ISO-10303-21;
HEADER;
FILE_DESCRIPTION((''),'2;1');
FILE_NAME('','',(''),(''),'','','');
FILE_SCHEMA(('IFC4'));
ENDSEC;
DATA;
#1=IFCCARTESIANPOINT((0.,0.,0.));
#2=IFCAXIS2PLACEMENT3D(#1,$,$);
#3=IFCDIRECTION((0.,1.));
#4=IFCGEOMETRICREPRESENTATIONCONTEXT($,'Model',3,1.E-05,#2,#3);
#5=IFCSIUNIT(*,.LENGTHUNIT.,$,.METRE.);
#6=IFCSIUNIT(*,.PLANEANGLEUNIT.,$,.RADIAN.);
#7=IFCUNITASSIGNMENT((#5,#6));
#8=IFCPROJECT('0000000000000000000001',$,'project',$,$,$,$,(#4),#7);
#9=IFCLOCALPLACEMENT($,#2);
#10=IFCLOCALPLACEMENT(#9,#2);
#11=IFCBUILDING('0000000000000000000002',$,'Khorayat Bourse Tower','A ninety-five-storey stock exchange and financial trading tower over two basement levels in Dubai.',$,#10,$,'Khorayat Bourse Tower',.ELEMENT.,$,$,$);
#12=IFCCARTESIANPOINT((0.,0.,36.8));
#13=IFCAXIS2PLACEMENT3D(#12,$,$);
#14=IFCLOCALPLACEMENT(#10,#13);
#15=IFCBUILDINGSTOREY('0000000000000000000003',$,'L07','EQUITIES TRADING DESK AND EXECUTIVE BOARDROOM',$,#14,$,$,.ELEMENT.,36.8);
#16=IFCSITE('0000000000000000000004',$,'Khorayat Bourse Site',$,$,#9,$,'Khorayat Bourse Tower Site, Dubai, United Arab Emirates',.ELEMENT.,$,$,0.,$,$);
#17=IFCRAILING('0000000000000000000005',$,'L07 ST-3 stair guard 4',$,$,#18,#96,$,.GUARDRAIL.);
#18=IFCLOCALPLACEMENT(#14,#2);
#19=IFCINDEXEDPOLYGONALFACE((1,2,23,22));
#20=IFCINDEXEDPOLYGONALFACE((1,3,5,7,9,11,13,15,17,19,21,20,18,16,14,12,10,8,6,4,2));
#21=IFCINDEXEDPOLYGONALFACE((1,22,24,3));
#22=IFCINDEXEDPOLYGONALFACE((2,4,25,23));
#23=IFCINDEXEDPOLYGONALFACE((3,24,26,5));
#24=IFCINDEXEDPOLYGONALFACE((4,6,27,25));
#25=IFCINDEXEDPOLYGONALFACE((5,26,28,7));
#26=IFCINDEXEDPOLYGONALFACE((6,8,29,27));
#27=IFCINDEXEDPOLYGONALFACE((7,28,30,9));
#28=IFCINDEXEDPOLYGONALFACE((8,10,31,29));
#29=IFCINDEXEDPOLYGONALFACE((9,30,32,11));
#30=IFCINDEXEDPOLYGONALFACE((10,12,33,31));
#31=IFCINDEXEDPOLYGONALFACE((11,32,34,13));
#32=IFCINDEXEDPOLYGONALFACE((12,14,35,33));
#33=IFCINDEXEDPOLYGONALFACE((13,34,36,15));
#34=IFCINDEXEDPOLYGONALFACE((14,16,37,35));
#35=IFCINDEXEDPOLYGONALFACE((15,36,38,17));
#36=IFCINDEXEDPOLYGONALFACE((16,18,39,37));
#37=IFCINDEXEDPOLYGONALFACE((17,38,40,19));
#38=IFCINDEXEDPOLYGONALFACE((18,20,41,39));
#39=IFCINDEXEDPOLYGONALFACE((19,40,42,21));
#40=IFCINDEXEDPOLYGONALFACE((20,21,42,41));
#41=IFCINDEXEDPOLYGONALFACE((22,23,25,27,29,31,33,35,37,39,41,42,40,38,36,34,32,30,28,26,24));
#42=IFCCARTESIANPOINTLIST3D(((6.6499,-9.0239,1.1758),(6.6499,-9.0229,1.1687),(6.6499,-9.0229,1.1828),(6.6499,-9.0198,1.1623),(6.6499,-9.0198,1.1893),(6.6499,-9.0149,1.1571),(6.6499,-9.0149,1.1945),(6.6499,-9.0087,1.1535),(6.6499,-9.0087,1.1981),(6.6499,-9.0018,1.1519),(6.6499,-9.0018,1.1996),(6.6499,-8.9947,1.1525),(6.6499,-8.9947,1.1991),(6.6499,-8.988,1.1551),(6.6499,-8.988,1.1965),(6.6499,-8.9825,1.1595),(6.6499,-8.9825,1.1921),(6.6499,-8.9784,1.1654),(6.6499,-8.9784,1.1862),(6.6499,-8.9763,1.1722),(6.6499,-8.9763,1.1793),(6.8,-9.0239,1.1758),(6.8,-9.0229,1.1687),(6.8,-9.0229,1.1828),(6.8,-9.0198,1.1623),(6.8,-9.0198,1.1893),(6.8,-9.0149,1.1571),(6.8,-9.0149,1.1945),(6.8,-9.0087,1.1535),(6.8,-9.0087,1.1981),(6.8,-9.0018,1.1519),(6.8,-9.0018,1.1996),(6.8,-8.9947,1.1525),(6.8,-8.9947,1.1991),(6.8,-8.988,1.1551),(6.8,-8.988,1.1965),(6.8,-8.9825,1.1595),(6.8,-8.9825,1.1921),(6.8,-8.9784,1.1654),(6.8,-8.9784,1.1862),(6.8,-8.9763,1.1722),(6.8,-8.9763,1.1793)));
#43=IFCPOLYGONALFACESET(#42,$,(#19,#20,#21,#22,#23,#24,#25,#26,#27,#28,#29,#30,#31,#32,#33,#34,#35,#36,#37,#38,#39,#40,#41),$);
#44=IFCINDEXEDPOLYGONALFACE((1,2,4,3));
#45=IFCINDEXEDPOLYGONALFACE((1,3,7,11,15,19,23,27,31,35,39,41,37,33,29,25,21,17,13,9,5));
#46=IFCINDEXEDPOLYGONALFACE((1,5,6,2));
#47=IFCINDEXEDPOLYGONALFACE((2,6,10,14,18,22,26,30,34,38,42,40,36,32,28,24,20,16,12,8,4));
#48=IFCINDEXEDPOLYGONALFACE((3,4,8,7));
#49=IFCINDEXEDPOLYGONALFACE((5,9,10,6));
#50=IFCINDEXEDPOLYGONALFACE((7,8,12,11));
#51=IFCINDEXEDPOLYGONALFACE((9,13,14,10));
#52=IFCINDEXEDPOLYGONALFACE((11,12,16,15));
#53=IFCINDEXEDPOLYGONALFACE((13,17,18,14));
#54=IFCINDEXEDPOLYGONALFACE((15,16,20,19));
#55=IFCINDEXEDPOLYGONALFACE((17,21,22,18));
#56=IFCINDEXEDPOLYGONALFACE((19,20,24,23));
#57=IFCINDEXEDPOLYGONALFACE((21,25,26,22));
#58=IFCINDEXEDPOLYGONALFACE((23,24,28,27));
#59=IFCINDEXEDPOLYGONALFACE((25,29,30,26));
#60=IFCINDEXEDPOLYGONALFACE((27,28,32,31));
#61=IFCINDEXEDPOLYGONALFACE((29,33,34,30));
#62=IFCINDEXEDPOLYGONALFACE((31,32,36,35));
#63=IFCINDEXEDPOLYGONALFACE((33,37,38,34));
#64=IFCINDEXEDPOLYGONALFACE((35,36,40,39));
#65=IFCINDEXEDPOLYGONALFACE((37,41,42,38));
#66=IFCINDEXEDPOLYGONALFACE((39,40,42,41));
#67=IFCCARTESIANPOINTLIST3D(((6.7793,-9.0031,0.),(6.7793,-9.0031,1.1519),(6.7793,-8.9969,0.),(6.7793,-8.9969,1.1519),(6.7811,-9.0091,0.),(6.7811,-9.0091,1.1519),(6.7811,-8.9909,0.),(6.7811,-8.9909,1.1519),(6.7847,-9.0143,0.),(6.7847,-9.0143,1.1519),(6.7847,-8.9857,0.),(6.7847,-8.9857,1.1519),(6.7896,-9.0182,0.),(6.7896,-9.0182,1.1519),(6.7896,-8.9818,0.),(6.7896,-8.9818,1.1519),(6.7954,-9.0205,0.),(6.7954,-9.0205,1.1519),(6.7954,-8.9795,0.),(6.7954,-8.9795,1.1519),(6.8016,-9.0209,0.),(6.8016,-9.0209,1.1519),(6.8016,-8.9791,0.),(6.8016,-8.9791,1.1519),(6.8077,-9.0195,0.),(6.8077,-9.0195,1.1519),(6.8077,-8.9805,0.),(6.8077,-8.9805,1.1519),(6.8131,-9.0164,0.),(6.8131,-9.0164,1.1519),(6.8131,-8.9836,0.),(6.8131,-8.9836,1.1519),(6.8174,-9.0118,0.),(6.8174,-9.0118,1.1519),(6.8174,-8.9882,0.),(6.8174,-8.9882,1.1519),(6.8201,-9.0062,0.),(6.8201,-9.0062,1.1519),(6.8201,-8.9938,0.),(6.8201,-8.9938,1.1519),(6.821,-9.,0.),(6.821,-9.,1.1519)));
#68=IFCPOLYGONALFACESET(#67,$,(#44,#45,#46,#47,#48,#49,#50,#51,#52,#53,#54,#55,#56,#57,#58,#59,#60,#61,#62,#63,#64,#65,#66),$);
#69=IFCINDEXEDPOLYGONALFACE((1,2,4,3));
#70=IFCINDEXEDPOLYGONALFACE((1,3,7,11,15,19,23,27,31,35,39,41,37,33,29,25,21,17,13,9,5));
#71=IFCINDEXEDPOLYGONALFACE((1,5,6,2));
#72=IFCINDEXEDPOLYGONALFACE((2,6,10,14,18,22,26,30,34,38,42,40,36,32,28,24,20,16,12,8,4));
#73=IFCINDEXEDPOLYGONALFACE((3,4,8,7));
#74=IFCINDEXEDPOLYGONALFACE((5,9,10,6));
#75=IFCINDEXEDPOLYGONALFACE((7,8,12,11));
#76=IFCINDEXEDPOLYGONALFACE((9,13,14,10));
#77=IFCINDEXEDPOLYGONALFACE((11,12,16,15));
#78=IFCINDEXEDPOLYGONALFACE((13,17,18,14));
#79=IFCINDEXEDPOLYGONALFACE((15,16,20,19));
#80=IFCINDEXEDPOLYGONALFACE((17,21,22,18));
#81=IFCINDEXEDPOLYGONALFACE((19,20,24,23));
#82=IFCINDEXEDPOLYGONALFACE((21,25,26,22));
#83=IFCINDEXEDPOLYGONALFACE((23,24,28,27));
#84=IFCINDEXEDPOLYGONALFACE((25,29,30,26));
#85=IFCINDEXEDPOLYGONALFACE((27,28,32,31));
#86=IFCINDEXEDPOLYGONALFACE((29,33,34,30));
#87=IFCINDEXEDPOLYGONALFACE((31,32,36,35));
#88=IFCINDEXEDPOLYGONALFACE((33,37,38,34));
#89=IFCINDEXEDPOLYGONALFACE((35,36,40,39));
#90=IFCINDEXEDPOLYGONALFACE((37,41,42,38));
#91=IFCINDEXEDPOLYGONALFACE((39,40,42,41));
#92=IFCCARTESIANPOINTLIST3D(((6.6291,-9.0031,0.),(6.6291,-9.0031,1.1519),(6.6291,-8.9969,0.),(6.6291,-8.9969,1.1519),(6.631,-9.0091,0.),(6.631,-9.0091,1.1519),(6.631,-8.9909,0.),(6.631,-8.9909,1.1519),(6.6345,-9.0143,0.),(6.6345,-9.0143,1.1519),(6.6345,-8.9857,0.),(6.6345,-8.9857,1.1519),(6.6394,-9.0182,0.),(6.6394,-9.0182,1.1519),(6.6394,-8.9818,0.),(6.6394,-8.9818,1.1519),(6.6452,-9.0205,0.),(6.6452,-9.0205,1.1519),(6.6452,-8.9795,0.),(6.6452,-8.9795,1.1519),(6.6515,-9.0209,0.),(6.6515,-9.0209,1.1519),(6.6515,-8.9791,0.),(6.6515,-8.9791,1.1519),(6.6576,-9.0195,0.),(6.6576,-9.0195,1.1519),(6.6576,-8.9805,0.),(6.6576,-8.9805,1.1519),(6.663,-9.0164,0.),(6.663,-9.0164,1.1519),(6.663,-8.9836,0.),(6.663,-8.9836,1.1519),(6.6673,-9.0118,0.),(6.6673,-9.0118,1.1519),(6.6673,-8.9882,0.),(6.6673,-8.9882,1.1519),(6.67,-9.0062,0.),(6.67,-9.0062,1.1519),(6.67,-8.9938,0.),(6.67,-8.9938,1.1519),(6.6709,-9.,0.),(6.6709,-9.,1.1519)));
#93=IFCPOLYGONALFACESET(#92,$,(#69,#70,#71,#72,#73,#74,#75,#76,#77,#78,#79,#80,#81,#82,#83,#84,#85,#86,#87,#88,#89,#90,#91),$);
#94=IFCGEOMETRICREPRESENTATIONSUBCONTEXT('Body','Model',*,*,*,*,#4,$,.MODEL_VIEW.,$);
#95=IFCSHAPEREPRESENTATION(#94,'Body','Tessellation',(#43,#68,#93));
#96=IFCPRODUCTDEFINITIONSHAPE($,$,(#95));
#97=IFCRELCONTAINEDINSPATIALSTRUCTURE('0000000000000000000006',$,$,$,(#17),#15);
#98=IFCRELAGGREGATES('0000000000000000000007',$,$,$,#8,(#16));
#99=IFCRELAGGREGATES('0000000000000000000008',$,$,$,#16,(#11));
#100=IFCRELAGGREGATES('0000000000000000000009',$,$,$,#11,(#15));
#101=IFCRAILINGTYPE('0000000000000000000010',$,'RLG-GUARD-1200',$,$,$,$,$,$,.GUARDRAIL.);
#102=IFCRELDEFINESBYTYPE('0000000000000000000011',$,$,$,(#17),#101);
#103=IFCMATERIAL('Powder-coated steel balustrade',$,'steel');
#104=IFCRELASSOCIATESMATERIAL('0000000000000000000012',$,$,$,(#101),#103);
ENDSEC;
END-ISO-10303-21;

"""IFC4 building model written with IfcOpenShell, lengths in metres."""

from ifc_helpers import new_model, si_unit, direction, frame, origin, origin_2d, place, context, subcontext, project, spatial, circle, extrude, source, transform, mapped, material, type_object, element, save


model = new_model("IFC4")

# Units and contexts
model_context = context("Model", 3, precision=1e-05, world=origin(), true_north=direction((0.0, 1.0)))
body_context = subcontext(model_context, "Body", "Model", "MODEL_VIEW")
ifc_project = project(units=[si_unit("LENGTHUNIT", "METRE"), si_unit("PLANEANGLEUNIT", "RADIAN")], contexts=[model_context])

# Site, building, storey
site_placement = place(None, origin())
site = spatial("IfcSite", under=ifc_project, at=site_placement, Name="Khorayat Bourse Site", LongName="Khorayat Bourse Tower Site, Dubai, United Arab Emirates", CompositionType="ELEMENT", RefElevation=0.0)
building_placement = place(site_placement, origin())
building = spatial("IfcBuilding", under=site, at=building_placement, Name="Khorayat Bourse Tower", Description="A ninety-five-storey stock exchange and financial trading tower over two basement levels in Dubai.", LongName="Khorayat Bourse Tower", CompositionType="ELEMENT")
storey_placement = place(building_placement, frame((0.0, 0.0, 36.8)))
storey = spatial("IfcBuildingStorey", under=building, at=storey_placement, Name="L07", Description="EQUITIES TRADING DESK AND EXECUTIVE BOARDROOM", CompositionType="ELEMENT", Elevation=36.8)

# Railing
ifc_material_1 = material(Name="Powder-coated steel balustrade", Category="steel")
railing_type_1 = type_object("IfcRailingType", Name="RLG-GUARD-1200", PredefinedType="GUARDRAIL", material=ifc_material_1)
shared_shape_1 = source(origin(), body_context, "Body", "SweptSolid", [
    extrude(circle(Radius=0.0239, at=origin_2d()), frame((0.0, 0.0, 1.1758), z_axis=(-1.0, 0.0, 0.0), x_axis=(0.0, -1.0, 0.0)), (0.0, 0.0, 1.0), 0.1501),
    extrude(circle(Radius=0.021, at=origin_2d()), origin(), (0.0, 0.0, 1.0), 1.1519),
    extrude(circle(Radius=0.021, at=origin_2d()), frame((-0.1501, 0.0, 0.0)), (0.0, 0.0, 1.0), 1.1519),
])
railing_1_placement = place(storey_placement, frame((6.8, -9.0, 0.0)))
element("IfcRailing", 1, at=railing_1_placement, inside=storey, type_object=railing_type_1, Name="L07 ST-3 stair guard 4", PredefinedType="GUARDRAIL", context=body_context, shape_type="MappedRepresentation", body=[
    mapped(shared_shape_1, transform((0.0, 0.0, 0.0), scale=1.0)),
])

save(model, "model.ifc")
